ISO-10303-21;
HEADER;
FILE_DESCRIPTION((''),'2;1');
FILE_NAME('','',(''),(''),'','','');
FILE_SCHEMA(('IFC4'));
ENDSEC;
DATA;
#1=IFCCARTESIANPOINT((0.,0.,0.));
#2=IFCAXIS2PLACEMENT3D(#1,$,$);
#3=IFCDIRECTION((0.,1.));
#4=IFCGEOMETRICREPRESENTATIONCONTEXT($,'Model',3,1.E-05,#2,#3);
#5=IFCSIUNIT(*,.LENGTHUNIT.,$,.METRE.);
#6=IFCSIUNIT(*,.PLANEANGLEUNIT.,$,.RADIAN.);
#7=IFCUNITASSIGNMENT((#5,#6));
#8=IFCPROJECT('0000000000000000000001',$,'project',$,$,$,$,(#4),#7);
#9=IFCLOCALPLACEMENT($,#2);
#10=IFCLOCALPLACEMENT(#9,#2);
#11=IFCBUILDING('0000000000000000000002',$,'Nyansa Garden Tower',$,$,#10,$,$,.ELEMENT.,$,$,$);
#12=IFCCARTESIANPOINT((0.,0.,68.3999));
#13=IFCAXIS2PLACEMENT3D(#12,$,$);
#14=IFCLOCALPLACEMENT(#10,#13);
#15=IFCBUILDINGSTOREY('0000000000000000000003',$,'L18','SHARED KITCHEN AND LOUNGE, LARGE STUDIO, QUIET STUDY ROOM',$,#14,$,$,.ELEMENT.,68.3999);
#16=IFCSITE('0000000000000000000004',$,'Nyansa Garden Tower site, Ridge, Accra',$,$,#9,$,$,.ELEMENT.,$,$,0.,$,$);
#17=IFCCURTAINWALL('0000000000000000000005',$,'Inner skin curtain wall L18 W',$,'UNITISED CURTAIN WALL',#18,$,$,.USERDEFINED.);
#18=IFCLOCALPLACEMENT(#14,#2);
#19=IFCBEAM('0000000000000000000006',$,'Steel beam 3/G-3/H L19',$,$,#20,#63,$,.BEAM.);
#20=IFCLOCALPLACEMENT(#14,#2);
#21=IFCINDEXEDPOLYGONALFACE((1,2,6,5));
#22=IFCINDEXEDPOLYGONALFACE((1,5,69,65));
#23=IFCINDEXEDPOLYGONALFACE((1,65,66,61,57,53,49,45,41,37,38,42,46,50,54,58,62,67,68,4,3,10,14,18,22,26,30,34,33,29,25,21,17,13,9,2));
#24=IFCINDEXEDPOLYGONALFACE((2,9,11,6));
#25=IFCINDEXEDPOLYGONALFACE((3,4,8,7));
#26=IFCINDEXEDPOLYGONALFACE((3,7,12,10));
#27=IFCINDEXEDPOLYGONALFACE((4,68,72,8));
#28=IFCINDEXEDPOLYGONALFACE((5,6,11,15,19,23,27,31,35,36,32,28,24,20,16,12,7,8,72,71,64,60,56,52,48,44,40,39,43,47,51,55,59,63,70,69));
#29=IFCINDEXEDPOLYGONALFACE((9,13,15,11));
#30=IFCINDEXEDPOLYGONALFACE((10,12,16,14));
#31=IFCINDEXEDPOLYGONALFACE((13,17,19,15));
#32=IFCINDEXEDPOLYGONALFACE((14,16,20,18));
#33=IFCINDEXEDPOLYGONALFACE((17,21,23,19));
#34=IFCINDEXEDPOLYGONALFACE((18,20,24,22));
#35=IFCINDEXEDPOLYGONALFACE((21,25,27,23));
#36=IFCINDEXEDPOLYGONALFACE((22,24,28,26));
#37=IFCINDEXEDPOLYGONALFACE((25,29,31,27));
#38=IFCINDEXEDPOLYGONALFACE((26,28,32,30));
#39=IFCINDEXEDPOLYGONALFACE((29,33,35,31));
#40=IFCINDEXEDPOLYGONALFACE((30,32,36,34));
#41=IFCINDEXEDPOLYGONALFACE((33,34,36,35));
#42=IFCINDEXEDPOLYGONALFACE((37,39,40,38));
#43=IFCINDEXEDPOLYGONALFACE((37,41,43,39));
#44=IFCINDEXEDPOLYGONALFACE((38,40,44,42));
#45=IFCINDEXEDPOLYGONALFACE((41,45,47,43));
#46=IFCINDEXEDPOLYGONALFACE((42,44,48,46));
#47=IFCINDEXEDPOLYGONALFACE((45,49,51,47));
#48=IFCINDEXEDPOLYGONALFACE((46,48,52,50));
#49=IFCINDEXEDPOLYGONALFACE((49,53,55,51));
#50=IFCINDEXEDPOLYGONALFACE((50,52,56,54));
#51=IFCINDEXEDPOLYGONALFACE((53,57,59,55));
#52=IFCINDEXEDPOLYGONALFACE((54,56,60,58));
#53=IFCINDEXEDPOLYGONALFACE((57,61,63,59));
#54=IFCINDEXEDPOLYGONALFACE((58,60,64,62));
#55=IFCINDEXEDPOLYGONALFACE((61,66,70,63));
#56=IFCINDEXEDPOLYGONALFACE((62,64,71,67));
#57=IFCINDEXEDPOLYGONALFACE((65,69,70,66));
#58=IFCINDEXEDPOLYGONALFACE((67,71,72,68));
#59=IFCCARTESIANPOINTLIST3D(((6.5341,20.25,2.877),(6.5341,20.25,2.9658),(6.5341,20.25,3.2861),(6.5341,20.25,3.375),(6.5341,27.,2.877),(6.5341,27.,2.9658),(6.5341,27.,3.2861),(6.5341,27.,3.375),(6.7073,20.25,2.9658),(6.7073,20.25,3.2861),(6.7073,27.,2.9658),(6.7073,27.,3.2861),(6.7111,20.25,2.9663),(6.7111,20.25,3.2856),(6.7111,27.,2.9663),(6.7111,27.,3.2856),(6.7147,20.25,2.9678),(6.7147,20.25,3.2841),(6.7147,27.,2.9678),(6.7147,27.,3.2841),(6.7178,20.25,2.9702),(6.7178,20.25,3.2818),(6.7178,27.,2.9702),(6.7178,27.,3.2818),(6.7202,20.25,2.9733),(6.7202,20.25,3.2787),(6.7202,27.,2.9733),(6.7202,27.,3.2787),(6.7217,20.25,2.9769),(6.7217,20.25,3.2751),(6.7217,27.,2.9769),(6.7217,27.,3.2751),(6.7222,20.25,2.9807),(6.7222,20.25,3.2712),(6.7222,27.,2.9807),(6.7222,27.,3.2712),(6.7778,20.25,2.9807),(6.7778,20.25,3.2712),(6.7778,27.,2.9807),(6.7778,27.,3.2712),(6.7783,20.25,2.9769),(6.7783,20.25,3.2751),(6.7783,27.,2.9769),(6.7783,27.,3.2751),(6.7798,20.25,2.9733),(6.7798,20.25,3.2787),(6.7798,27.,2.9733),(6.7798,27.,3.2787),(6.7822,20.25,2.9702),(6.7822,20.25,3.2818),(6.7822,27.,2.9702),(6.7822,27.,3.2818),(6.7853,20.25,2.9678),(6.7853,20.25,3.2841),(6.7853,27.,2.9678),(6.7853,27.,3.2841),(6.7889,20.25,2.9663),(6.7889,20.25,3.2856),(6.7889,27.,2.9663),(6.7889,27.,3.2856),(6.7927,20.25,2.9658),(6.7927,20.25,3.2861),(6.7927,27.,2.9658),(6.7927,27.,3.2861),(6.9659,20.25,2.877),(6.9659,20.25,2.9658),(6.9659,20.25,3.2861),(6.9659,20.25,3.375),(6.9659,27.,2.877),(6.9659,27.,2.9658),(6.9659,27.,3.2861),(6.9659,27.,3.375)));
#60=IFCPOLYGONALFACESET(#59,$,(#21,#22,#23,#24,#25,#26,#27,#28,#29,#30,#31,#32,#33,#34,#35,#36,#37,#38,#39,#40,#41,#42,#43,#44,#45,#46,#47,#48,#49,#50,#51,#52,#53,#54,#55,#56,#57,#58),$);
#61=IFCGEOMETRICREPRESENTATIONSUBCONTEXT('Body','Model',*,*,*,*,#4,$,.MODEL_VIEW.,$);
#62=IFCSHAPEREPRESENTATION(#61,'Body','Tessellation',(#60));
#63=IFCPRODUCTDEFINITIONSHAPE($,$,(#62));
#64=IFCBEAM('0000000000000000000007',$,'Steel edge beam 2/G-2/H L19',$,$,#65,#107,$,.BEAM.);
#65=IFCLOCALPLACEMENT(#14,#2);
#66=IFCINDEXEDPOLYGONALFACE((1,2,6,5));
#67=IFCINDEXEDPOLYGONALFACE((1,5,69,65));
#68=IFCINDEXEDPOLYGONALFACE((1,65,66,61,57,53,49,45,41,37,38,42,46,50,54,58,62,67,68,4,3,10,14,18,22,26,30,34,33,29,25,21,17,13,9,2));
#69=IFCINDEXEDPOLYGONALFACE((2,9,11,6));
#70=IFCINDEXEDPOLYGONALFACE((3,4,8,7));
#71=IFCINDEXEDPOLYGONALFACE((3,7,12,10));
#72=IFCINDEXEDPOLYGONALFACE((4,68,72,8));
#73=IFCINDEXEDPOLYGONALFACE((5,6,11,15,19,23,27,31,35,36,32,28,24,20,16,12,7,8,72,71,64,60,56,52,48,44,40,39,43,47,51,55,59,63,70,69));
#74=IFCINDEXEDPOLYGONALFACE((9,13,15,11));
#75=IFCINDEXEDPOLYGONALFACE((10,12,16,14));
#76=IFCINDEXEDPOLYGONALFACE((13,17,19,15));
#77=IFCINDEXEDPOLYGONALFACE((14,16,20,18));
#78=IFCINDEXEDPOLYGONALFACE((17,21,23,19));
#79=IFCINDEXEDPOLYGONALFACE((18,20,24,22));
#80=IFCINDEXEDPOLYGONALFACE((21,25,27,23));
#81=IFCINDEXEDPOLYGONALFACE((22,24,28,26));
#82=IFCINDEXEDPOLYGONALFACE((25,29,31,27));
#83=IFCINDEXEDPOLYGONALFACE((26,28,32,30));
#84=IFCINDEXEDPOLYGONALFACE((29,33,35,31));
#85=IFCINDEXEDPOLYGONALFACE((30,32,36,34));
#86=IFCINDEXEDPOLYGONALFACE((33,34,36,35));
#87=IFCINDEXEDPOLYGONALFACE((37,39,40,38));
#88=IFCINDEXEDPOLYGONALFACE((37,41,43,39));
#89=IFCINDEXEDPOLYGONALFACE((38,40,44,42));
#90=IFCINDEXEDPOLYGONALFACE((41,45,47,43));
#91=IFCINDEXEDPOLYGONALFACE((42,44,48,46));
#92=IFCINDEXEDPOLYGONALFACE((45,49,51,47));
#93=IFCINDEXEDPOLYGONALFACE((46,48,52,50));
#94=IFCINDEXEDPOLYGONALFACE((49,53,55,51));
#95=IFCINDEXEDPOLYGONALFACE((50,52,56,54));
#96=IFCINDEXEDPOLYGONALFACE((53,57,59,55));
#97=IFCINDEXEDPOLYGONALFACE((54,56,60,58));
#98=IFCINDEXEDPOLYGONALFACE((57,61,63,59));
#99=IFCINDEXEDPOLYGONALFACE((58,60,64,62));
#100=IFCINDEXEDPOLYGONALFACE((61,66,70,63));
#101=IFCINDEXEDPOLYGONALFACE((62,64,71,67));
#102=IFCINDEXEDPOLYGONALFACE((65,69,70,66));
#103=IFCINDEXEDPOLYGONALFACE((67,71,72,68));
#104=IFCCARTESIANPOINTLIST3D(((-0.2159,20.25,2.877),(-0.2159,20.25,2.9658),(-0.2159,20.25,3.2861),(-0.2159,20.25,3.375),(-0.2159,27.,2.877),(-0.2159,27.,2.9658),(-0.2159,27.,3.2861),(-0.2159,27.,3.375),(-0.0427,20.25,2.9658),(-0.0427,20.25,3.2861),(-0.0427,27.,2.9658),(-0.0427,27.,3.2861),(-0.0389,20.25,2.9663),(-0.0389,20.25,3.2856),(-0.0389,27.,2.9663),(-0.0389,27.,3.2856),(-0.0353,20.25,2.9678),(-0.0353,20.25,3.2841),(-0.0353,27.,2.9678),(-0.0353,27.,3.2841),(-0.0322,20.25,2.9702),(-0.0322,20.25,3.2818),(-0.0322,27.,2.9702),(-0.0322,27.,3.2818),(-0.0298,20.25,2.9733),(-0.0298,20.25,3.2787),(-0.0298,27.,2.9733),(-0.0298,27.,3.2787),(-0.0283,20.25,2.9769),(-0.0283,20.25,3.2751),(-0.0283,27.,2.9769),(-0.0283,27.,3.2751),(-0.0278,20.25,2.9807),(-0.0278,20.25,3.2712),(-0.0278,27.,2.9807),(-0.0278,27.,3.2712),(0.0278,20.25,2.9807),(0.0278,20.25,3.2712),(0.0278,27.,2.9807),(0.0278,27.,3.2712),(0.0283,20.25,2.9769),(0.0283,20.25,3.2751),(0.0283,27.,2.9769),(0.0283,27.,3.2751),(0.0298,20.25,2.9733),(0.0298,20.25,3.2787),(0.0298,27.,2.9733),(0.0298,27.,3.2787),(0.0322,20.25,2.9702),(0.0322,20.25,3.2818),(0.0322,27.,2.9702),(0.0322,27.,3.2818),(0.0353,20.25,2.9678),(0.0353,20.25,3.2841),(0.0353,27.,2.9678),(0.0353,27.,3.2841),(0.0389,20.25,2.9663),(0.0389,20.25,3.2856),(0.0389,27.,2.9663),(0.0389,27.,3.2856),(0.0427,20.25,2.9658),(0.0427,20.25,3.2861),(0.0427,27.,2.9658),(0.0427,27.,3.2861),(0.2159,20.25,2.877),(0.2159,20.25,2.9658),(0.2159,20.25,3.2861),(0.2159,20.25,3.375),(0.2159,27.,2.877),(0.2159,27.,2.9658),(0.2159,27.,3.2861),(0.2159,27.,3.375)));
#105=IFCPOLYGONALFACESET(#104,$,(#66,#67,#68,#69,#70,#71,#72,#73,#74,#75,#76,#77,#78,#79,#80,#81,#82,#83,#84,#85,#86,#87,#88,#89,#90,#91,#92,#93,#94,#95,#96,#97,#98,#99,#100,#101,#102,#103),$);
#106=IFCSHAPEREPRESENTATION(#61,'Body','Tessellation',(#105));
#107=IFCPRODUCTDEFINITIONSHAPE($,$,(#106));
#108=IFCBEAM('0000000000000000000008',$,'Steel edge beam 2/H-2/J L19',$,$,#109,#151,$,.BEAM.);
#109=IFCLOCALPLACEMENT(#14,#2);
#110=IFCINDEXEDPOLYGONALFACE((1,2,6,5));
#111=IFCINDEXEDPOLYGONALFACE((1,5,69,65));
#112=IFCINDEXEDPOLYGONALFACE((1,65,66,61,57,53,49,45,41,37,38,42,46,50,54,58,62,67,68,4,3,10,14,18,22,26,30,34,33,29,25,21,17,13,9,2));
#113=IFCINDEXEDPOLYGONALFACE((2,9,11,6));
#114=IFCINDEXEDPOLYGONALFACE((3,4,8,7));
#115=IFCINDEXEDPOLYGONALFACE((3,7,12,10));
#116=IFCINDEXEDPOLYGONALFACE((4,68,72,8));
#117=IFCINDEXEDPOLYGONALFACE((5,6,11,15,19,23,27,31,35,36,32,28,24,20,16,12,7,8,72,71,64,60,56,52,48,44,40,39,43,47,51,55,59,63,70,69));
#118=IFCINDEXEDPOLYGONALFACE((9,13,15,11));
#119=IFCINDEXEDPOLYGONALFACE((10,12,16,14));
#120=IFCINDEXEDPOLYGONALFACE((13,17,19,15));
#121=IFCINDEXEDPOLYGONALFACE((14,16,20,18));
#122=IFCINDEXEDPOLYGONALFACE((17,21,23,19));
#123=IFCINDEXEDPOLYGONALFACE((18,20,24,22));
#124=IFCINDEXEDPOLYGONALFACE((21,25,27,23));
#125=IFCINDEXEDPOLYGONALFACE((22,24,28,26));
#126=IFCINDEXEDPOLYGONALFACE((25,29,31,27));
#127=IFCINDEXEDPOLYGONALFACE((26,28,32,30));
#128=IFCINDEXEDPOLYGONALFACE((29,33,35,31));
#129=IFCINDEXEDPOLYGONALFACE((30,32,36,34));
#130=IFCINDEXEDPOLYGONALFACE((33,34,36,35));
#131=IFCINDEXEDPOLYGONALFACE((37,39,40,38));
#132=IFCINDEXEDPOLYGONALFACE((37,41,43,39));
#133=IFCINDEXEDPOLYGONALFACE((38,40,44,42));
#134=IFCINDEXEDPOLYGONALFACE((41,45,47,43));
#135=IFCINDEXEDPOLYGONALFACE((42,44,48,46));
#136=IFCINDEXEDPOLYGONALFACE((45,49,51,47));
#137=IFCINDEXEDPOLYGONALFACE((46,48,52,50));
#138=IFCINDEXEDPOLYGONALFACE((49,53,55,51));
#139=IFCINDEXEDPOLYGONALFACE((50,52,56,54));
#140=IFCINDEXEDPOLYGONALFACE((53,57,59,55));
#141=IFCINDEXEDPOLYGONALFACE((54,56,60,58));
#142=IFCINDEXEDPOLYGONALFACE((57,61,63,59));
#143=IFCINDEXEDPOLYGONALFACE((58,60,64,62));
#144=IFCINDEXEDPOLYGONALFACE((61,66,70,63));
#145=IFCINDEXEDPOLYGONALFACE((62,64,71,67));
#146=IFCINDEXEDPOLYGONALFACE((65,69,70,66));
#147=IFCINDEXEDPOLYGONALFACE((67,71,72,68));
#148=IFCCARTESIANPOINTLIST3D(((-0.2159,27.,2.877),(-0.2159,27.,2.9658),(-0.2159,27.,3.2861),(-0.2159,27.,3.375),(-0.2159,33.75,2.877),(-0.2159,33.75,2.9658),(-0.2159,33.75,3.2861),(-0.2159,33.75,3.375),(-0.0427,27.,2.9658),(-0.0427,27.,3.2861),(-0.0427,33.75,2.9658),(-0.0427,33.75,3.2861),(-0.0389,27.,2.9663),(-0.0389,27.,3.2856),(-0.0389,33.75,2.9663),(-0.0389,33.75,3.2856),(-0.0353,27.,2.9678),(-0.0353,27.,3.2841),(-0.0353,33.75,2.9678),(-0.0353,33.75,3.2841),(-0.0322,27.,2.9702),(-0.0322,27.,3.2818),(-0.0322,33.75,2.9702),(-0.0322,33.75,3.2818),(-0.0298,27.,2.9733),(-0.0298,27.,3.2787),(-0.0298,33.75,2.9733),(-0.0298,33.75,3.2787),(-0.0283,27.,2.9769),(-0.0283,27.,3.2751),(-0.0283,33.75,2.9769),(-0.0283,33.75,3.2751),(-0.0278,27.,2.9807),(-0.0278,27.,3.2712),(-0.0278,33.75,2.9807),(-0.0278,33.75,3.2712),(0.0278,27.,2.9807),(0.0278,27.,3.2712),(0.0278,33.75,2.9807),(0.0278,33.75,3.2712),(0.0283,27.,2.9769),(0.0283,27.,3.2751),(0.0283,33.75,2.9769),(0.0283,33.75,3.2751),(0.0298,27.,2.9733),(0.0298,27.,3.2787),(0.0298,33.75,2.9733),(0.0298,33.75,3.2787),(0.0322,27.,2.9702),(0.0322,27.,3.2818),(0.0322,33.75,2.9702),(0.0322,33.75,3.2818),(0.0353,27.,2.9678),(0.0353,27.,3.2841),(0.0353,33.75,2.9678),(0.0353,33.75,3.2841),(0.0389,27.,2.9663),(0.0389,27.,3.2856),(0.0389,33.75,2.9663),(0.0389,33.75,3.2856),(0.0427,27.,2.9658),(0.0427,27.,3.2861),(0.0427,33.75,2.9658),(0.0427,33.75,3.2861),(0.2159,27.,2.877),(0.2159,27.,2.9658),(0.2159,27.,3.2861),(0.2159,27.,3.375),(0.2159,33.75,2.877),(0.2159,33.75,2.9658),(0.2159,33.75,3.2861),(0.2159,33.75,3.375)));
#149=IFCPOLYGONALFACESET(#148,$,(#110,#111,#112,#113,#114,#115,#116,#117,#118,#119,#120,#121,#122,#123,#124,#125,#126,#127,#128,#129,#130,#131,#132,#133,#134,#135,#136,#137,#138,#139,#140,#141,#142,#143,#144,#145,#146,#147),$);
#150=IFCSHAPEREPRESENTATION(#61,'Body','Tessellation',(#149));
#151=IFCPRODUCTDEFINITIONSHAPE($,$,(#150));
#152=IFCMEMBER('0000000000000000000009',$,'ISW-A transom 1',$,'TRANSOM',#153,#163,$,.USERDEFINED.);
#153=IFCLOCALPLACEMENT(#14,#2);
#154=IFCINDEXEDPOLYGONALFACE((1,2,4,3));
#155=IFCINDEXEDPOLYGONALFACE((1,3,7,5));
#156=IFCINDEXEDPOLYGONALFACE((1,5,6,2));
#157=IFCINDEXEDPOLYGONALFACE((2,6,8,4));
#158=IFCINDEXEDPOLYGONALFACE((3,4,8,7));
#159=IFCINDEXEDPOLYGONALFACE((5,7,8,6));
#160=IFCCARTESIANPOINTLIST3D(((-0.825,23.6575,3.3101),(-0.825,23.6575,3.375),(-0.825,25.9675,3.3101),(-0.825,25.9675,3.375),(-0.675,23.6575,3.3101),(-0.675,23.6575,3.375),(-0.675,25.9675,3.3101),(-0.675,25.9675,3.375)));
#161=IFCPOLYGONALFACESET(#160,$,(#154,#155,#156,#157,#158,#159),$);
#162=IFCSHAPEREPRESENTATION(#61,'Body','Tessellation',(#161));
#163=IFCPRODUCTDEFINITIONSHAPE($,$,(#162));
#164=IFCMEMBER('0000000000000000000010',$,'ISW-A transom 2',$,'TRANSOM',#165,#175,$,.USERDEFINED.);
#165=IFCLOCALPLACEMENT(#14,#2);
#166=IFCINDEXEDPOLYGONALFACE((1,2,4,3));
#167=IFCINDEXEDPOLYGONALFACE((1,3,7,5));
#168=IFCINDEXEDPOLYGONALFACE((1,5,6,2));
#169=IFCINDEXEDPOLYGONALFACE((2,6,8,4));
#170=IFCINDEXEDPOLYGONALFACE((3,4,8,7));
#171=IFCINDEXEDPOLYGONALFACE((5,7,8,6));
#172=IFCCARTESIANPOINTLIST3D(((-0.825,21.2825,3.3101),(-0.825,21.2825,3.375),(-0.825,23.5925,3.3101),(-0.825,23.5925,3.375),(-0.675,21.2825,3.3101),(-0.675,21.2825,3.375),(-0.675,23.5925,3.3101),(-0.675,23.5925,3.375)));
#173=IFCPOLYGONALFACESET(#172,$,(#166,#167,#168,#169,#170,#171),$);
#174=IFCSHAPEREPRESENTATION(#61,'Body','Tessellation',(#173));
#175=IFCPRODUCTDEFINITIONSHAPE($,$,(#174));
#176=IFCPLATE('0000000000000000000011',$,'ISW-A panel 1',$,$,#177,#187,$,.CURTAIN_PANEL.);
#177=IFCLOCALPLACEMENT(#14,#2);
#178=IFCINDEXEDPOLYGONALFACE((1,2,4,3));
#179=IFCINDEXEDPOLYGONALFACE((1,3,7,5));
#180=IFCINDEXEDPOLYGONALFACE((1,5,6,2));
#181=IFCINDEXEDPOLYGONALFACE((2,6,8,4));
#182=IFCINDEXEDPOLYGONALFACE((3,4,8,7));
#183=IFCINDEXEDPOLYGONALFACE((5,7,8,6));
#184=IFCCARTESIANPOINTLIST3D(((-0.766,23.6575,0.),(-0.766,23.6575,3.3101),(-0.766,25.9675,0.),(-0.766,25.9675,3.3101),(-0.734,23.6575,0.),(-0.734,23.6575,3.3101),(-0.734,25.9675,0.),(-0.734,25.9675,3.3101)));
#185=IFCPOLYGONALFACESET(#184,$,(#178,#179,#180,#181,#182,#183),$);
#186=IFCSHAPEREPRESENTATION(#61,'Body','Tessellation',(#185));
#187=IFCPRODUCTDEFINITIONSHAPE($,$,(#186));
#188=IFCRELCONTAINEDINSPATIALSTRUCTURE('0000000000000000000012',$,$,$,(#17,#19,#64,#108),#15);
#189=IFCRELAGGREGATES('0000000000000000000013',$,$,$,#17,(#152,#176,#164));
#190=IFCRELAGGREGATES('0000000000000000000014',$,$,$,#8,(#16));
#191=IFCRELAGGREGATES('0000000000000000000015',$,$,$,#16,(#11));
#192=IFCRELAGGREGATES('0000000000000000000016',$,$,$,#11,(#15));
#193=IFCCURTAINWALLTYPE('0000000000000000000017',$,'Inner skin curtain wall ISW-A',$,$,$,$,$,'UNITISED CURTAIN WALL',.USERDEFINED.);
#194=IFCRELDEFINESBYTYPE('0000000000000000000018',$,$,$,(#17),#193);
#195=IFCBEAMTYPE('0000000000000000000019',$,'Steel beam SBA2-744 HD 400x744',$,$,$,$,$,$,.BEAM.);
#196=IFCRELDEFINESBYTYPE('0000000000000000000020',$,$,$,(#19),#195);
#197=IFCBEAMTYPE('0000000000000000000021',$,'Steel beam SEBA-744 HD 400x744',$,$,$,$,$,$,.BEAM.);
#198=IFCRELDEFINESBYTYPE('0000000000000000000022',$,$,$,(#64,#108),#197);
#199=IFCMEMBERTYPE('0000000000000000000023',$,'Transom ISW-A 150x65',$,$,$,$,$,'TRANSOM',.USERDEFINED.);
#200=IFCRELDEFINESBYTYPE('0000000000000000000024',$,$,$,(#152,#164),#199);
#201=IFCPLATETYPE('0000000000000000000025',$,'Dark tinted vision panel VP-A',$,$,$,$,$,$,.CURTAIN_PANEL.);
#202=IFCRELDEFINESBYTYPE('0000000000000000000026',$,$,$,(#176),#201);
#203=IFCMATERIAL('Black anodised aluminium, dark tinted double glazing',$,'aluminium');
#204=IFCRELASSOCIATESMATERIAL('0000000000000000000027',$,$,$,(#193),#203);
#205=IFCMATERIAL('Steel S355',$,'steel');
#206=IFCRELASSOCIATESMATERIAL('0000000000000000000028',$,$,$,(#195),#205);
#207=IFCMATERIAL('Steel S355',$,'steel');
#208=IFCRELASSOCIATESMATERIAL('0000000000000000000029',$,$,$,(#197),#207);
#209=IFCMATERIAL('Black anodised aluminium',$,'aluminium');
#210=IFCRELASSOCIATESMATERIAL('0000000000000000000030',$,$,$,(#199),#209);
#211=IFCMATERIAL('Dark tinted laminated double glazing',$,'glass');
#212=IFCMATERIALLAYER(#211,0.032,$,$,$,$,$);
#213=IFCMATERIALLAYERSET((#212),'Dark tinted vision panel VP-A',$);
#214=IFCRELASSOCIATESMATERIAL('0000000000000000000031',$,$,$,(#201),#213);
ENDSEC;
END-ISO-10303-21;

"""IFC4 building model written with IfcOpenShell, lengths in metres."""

from ifc_helpers import new_model, si_unit, direction, frame, origin, origin_2d, place, context, subcontext, project, spatial, rectangle, i_section, extrude, material, layer, layer_set, material_profile, profile_set, type_object, element, aggregate, save


model = new_model("IFC4")

# Units and contexts
model_context = context("Model", 3, precision=1e-05, world=origin(), true_north=direction((0.0, 1.0)))
body_context = subcontext(model_context, "Body", "Model", "MODEL_VIEW")
ifc_project = project(units=[si_unit("LENGTHUNIT", "METRE"), si_unit("PLANEANGLEUNIT", "RADIAN")], contexts=[model_context])

# Site, building, storey
site_placement = place(None, origin())
site = spatial("IfcSite", under=ifc_project, at=site_placement, Name="Nyansa Garden Tower site, Ridge, Accra", CompositionType="ELEMENT", RefElevation=0.0)
building_placement = place(site_placement, origin())
building = spatial("IfcBuilding", under=site, at=building_placement, Name="Nyansa Garden Tower", CompositionType="ELEMENT")
storey_placement = place(building_placement, frame((0.0, 0.0, 68.3999)))
storey = spatial("IfcBuildingStorey", under=building, at=storey_placement, Name="L18", Description="SHARED KITCHEN AND LOUNGE, LARGE STUDIO, QUIET STUDY ROOM", CompositionType="ELEMENT", Elevation=68.3999)

# Curtain wall
ifc_material_1 = material(Name="Black anodised aluminium, dark tinted double glazing", Category="aluminium")
curtain_wall_type = type_object("IfcCurtainWallType", Name="Inner skin curtain wall ISW-A", ElementType="UNITISED CURTAIN WALL", PredefinedType="USERDEFINED", material=ifc_material_1)
curtain_wall_placement = place(storey_placement, origin())
curtain_wall = element("IfcCurtainWall", 1, at=curtain_wall_placement, inside=storey, type_object=curtain_wall_type, Name="Inner skin curtain wall L18 W", ObjectType="UNITISED CURTAIN WALL", PredefinedType="USERDEFINED")

# Beams
ifc_material_2 = material(Name="Steel S355", Category="steel")
ifc_material_profile_1 = material_profile(ifc_material_2, i_section(OverallWidth=0.4319, OverallDepth=0.498, WebThickness=0.0557, FlangeThickness=0.0889, FilletRadius=0.0149, at=origin_2d()), Name="HD 400x744")
ifc_profile_set_1 = profile_set([ifc_material_profile_1], Name="Steel S355")
beam_type_1 = type_object("IfcBeamType", Name="Steel beam SBA2-744 HD 400x744", PredefinedType="BEAM", material=ifc_profile_set_1)
for number, where, z_axis, x_axis, name in (
    (2, (6.75, 20.25, 3.126), (0.0, 1.0, 0.0), (-1.0, 0.0, 0.0), "Steel beam 3/G-3/H L19"),
):
    element("IfcBeam", number, at=place(storey_placement, frame(where, z_axis=z_axis, x_axis=x_axis)), inside=storey, type_object=beam_type_1, Name=name, PredefinedType="BEAM", context=body_context, shape_type="SweptSolid", body=[
        extrude(i_section(OverallWidth=0.4319, OverallDepth=0.498, WebThickness=0.0557, FlangeThickness=0.0889, FilletRadius=0.0149, at=origin_2d()), origin(), (0.0, 0.0, 1.0), 6.75),
    ])
ifc_material_3 = material(Name="Steel S355", Category="steel")
ifc_material_profile_2 = material_profile(ifc_material_3, i_section(OverallWidth=0.4319, OverallDepth=0.498, WebThickness=0.0557, FlangeThickness=0.0889, FilletRadius=0.0149, at=origin_2d()), Name="HD 400x744")
ifc_profile_set_2 = profile_set([ifc_material_profile_2], Name="Steel S355")
beam_type_2 = type_object("IfcBeamType", Name="Steel beam SEBA-744 HD 400x744", PredefinedType="BEAM", material=ifc_profile_set_2)
for number, where, z_axis, x_axis, name in (
    (3, (0.0, 20.25, 3.126), (0.0, 1.0, 0.0), (-1.0, 0.0, 0.0), "Steel edge beam 2/G-2/H L19"),
    (4, (0.0, 27.0, 3.126), (0.0, 1.0, 0.0), (-1.0, 0.0, 0.0), "Steel edge beam 2/H-2/J L19"),
):
    element("IfcBeam", number, at=place(storey_placement, frame(where, z_axis=z_axis, x_axis=x_axis)), inside=storey, type_object=beam_type_2, Name=name, PredefinedType="BEAM", context=body_context, shape_type="SweptSolid", body=[
        extrude(i_section(OverallWidth=0.4319, OverallDepth=0.498, WebThickness=0.0557, FlangeThickness=0.0889, FilletRadius=0.0149, at=origin_2d()), origin(), (0.0, 0.0, 1.0), 6.75),
    ])

# Members
ifc_material_4 = material(Name="Black anodised aluminium", Category="aluminium")
ifc_material_profile_3 = material_profile(ifc_material_4, rectangle(XDim=0.1499, YDim=0.0649, at=origin_2d()), Name="Transom 150x65")
ifc_profile_set_3 = profile_set([ifc_material_profile_3], Name="Black anodised aluminium")
member_type_1 = type_object("IfcMemberType", Name="Transom ISW-A 150x65", ElementType="TRANSOM", PredefinedType="USERDEFINED", material=ifc_profile_set_3)
member_1_placement = place(storey_placement, frame((-0.75, 25.9675, 3.3425), z_axis=(0.0, -1.0, 0.0), x_axis=(1.0, 0.0, 0.0)))
member_1 = element("IfcMember", 5, at=member_1_placement, type_object=member_type_1, Name="ISW-A transom 1", ObjectType="TRANSOM", PredefinedType="USERDEFINED", context=body_context, shape_type="SweptSolid", body=[
    extrude(rectangle(XDim=0.1499, YDim=0.0649, at=origin_2d()), origin(), (0.0, 0.0, 1.0), 2.3101),
])
member_2_placement = place(storey_placement, frame((-0.75, 23.5925, 3.3425), z_axis=(0.0, -1.0, 0.0), x_axis=(1.0, 0.0, 0.0)))
member_2 = element("IfcMember", 6, at=member_2_placement, type_object=member_type_1, Name="ISW-A transom 2", ObjectType="TRANSOM", PredefinedType="USERDEFINED", context=body_context, shape_type="SweptSolid", body=[
    extrude(rectangle(XDim=0.1499, YDim=0.0649, at=origin_2d()), origin(), (0.0, 0.0, 1.0), 2.3101),
])

# Plate
ifc_material_5 = material(Name="Dark tinted laminated double glazing", Category="glass")
ifc_layer_1 = layer(ifc_material_5, 0.032)
ifc_layer_set_1 = layer_set([ifc_layer_1], Name="Dark tinted vision panel VP-A")
plate_type_1 = type_object("IfcPlateType", Name="Dark tinted vision panel VP-A", PredefinedType="CURTAIN_PANEL", material=ifc_layer_set_1)
plate_1_placement = place(storey_placement, frame((-0.75, 24.8125, 0.0), z_axis=(0.0, 0.0, 1.0), x_axis=(0.0, -1.0, 0.0)))
plate_1 = element("IfcPlate", 7, at=plate_1_placement, type_object=plate_type_1, Name="ISW-A panel 1", PredefinedType="CURTAIN_PANEL", context=body_context, shape_type="SweptSolid", body=[
    extrude(rectangle(XDim=2.3101, YDim=0.032, at=origin_2d()), origin(), (0.0, 0.0, 1.0), 3.3101),
])
aggregate(curtain_wall, [member_1, plate_1, member_2])

save(model, "model.ifc")
